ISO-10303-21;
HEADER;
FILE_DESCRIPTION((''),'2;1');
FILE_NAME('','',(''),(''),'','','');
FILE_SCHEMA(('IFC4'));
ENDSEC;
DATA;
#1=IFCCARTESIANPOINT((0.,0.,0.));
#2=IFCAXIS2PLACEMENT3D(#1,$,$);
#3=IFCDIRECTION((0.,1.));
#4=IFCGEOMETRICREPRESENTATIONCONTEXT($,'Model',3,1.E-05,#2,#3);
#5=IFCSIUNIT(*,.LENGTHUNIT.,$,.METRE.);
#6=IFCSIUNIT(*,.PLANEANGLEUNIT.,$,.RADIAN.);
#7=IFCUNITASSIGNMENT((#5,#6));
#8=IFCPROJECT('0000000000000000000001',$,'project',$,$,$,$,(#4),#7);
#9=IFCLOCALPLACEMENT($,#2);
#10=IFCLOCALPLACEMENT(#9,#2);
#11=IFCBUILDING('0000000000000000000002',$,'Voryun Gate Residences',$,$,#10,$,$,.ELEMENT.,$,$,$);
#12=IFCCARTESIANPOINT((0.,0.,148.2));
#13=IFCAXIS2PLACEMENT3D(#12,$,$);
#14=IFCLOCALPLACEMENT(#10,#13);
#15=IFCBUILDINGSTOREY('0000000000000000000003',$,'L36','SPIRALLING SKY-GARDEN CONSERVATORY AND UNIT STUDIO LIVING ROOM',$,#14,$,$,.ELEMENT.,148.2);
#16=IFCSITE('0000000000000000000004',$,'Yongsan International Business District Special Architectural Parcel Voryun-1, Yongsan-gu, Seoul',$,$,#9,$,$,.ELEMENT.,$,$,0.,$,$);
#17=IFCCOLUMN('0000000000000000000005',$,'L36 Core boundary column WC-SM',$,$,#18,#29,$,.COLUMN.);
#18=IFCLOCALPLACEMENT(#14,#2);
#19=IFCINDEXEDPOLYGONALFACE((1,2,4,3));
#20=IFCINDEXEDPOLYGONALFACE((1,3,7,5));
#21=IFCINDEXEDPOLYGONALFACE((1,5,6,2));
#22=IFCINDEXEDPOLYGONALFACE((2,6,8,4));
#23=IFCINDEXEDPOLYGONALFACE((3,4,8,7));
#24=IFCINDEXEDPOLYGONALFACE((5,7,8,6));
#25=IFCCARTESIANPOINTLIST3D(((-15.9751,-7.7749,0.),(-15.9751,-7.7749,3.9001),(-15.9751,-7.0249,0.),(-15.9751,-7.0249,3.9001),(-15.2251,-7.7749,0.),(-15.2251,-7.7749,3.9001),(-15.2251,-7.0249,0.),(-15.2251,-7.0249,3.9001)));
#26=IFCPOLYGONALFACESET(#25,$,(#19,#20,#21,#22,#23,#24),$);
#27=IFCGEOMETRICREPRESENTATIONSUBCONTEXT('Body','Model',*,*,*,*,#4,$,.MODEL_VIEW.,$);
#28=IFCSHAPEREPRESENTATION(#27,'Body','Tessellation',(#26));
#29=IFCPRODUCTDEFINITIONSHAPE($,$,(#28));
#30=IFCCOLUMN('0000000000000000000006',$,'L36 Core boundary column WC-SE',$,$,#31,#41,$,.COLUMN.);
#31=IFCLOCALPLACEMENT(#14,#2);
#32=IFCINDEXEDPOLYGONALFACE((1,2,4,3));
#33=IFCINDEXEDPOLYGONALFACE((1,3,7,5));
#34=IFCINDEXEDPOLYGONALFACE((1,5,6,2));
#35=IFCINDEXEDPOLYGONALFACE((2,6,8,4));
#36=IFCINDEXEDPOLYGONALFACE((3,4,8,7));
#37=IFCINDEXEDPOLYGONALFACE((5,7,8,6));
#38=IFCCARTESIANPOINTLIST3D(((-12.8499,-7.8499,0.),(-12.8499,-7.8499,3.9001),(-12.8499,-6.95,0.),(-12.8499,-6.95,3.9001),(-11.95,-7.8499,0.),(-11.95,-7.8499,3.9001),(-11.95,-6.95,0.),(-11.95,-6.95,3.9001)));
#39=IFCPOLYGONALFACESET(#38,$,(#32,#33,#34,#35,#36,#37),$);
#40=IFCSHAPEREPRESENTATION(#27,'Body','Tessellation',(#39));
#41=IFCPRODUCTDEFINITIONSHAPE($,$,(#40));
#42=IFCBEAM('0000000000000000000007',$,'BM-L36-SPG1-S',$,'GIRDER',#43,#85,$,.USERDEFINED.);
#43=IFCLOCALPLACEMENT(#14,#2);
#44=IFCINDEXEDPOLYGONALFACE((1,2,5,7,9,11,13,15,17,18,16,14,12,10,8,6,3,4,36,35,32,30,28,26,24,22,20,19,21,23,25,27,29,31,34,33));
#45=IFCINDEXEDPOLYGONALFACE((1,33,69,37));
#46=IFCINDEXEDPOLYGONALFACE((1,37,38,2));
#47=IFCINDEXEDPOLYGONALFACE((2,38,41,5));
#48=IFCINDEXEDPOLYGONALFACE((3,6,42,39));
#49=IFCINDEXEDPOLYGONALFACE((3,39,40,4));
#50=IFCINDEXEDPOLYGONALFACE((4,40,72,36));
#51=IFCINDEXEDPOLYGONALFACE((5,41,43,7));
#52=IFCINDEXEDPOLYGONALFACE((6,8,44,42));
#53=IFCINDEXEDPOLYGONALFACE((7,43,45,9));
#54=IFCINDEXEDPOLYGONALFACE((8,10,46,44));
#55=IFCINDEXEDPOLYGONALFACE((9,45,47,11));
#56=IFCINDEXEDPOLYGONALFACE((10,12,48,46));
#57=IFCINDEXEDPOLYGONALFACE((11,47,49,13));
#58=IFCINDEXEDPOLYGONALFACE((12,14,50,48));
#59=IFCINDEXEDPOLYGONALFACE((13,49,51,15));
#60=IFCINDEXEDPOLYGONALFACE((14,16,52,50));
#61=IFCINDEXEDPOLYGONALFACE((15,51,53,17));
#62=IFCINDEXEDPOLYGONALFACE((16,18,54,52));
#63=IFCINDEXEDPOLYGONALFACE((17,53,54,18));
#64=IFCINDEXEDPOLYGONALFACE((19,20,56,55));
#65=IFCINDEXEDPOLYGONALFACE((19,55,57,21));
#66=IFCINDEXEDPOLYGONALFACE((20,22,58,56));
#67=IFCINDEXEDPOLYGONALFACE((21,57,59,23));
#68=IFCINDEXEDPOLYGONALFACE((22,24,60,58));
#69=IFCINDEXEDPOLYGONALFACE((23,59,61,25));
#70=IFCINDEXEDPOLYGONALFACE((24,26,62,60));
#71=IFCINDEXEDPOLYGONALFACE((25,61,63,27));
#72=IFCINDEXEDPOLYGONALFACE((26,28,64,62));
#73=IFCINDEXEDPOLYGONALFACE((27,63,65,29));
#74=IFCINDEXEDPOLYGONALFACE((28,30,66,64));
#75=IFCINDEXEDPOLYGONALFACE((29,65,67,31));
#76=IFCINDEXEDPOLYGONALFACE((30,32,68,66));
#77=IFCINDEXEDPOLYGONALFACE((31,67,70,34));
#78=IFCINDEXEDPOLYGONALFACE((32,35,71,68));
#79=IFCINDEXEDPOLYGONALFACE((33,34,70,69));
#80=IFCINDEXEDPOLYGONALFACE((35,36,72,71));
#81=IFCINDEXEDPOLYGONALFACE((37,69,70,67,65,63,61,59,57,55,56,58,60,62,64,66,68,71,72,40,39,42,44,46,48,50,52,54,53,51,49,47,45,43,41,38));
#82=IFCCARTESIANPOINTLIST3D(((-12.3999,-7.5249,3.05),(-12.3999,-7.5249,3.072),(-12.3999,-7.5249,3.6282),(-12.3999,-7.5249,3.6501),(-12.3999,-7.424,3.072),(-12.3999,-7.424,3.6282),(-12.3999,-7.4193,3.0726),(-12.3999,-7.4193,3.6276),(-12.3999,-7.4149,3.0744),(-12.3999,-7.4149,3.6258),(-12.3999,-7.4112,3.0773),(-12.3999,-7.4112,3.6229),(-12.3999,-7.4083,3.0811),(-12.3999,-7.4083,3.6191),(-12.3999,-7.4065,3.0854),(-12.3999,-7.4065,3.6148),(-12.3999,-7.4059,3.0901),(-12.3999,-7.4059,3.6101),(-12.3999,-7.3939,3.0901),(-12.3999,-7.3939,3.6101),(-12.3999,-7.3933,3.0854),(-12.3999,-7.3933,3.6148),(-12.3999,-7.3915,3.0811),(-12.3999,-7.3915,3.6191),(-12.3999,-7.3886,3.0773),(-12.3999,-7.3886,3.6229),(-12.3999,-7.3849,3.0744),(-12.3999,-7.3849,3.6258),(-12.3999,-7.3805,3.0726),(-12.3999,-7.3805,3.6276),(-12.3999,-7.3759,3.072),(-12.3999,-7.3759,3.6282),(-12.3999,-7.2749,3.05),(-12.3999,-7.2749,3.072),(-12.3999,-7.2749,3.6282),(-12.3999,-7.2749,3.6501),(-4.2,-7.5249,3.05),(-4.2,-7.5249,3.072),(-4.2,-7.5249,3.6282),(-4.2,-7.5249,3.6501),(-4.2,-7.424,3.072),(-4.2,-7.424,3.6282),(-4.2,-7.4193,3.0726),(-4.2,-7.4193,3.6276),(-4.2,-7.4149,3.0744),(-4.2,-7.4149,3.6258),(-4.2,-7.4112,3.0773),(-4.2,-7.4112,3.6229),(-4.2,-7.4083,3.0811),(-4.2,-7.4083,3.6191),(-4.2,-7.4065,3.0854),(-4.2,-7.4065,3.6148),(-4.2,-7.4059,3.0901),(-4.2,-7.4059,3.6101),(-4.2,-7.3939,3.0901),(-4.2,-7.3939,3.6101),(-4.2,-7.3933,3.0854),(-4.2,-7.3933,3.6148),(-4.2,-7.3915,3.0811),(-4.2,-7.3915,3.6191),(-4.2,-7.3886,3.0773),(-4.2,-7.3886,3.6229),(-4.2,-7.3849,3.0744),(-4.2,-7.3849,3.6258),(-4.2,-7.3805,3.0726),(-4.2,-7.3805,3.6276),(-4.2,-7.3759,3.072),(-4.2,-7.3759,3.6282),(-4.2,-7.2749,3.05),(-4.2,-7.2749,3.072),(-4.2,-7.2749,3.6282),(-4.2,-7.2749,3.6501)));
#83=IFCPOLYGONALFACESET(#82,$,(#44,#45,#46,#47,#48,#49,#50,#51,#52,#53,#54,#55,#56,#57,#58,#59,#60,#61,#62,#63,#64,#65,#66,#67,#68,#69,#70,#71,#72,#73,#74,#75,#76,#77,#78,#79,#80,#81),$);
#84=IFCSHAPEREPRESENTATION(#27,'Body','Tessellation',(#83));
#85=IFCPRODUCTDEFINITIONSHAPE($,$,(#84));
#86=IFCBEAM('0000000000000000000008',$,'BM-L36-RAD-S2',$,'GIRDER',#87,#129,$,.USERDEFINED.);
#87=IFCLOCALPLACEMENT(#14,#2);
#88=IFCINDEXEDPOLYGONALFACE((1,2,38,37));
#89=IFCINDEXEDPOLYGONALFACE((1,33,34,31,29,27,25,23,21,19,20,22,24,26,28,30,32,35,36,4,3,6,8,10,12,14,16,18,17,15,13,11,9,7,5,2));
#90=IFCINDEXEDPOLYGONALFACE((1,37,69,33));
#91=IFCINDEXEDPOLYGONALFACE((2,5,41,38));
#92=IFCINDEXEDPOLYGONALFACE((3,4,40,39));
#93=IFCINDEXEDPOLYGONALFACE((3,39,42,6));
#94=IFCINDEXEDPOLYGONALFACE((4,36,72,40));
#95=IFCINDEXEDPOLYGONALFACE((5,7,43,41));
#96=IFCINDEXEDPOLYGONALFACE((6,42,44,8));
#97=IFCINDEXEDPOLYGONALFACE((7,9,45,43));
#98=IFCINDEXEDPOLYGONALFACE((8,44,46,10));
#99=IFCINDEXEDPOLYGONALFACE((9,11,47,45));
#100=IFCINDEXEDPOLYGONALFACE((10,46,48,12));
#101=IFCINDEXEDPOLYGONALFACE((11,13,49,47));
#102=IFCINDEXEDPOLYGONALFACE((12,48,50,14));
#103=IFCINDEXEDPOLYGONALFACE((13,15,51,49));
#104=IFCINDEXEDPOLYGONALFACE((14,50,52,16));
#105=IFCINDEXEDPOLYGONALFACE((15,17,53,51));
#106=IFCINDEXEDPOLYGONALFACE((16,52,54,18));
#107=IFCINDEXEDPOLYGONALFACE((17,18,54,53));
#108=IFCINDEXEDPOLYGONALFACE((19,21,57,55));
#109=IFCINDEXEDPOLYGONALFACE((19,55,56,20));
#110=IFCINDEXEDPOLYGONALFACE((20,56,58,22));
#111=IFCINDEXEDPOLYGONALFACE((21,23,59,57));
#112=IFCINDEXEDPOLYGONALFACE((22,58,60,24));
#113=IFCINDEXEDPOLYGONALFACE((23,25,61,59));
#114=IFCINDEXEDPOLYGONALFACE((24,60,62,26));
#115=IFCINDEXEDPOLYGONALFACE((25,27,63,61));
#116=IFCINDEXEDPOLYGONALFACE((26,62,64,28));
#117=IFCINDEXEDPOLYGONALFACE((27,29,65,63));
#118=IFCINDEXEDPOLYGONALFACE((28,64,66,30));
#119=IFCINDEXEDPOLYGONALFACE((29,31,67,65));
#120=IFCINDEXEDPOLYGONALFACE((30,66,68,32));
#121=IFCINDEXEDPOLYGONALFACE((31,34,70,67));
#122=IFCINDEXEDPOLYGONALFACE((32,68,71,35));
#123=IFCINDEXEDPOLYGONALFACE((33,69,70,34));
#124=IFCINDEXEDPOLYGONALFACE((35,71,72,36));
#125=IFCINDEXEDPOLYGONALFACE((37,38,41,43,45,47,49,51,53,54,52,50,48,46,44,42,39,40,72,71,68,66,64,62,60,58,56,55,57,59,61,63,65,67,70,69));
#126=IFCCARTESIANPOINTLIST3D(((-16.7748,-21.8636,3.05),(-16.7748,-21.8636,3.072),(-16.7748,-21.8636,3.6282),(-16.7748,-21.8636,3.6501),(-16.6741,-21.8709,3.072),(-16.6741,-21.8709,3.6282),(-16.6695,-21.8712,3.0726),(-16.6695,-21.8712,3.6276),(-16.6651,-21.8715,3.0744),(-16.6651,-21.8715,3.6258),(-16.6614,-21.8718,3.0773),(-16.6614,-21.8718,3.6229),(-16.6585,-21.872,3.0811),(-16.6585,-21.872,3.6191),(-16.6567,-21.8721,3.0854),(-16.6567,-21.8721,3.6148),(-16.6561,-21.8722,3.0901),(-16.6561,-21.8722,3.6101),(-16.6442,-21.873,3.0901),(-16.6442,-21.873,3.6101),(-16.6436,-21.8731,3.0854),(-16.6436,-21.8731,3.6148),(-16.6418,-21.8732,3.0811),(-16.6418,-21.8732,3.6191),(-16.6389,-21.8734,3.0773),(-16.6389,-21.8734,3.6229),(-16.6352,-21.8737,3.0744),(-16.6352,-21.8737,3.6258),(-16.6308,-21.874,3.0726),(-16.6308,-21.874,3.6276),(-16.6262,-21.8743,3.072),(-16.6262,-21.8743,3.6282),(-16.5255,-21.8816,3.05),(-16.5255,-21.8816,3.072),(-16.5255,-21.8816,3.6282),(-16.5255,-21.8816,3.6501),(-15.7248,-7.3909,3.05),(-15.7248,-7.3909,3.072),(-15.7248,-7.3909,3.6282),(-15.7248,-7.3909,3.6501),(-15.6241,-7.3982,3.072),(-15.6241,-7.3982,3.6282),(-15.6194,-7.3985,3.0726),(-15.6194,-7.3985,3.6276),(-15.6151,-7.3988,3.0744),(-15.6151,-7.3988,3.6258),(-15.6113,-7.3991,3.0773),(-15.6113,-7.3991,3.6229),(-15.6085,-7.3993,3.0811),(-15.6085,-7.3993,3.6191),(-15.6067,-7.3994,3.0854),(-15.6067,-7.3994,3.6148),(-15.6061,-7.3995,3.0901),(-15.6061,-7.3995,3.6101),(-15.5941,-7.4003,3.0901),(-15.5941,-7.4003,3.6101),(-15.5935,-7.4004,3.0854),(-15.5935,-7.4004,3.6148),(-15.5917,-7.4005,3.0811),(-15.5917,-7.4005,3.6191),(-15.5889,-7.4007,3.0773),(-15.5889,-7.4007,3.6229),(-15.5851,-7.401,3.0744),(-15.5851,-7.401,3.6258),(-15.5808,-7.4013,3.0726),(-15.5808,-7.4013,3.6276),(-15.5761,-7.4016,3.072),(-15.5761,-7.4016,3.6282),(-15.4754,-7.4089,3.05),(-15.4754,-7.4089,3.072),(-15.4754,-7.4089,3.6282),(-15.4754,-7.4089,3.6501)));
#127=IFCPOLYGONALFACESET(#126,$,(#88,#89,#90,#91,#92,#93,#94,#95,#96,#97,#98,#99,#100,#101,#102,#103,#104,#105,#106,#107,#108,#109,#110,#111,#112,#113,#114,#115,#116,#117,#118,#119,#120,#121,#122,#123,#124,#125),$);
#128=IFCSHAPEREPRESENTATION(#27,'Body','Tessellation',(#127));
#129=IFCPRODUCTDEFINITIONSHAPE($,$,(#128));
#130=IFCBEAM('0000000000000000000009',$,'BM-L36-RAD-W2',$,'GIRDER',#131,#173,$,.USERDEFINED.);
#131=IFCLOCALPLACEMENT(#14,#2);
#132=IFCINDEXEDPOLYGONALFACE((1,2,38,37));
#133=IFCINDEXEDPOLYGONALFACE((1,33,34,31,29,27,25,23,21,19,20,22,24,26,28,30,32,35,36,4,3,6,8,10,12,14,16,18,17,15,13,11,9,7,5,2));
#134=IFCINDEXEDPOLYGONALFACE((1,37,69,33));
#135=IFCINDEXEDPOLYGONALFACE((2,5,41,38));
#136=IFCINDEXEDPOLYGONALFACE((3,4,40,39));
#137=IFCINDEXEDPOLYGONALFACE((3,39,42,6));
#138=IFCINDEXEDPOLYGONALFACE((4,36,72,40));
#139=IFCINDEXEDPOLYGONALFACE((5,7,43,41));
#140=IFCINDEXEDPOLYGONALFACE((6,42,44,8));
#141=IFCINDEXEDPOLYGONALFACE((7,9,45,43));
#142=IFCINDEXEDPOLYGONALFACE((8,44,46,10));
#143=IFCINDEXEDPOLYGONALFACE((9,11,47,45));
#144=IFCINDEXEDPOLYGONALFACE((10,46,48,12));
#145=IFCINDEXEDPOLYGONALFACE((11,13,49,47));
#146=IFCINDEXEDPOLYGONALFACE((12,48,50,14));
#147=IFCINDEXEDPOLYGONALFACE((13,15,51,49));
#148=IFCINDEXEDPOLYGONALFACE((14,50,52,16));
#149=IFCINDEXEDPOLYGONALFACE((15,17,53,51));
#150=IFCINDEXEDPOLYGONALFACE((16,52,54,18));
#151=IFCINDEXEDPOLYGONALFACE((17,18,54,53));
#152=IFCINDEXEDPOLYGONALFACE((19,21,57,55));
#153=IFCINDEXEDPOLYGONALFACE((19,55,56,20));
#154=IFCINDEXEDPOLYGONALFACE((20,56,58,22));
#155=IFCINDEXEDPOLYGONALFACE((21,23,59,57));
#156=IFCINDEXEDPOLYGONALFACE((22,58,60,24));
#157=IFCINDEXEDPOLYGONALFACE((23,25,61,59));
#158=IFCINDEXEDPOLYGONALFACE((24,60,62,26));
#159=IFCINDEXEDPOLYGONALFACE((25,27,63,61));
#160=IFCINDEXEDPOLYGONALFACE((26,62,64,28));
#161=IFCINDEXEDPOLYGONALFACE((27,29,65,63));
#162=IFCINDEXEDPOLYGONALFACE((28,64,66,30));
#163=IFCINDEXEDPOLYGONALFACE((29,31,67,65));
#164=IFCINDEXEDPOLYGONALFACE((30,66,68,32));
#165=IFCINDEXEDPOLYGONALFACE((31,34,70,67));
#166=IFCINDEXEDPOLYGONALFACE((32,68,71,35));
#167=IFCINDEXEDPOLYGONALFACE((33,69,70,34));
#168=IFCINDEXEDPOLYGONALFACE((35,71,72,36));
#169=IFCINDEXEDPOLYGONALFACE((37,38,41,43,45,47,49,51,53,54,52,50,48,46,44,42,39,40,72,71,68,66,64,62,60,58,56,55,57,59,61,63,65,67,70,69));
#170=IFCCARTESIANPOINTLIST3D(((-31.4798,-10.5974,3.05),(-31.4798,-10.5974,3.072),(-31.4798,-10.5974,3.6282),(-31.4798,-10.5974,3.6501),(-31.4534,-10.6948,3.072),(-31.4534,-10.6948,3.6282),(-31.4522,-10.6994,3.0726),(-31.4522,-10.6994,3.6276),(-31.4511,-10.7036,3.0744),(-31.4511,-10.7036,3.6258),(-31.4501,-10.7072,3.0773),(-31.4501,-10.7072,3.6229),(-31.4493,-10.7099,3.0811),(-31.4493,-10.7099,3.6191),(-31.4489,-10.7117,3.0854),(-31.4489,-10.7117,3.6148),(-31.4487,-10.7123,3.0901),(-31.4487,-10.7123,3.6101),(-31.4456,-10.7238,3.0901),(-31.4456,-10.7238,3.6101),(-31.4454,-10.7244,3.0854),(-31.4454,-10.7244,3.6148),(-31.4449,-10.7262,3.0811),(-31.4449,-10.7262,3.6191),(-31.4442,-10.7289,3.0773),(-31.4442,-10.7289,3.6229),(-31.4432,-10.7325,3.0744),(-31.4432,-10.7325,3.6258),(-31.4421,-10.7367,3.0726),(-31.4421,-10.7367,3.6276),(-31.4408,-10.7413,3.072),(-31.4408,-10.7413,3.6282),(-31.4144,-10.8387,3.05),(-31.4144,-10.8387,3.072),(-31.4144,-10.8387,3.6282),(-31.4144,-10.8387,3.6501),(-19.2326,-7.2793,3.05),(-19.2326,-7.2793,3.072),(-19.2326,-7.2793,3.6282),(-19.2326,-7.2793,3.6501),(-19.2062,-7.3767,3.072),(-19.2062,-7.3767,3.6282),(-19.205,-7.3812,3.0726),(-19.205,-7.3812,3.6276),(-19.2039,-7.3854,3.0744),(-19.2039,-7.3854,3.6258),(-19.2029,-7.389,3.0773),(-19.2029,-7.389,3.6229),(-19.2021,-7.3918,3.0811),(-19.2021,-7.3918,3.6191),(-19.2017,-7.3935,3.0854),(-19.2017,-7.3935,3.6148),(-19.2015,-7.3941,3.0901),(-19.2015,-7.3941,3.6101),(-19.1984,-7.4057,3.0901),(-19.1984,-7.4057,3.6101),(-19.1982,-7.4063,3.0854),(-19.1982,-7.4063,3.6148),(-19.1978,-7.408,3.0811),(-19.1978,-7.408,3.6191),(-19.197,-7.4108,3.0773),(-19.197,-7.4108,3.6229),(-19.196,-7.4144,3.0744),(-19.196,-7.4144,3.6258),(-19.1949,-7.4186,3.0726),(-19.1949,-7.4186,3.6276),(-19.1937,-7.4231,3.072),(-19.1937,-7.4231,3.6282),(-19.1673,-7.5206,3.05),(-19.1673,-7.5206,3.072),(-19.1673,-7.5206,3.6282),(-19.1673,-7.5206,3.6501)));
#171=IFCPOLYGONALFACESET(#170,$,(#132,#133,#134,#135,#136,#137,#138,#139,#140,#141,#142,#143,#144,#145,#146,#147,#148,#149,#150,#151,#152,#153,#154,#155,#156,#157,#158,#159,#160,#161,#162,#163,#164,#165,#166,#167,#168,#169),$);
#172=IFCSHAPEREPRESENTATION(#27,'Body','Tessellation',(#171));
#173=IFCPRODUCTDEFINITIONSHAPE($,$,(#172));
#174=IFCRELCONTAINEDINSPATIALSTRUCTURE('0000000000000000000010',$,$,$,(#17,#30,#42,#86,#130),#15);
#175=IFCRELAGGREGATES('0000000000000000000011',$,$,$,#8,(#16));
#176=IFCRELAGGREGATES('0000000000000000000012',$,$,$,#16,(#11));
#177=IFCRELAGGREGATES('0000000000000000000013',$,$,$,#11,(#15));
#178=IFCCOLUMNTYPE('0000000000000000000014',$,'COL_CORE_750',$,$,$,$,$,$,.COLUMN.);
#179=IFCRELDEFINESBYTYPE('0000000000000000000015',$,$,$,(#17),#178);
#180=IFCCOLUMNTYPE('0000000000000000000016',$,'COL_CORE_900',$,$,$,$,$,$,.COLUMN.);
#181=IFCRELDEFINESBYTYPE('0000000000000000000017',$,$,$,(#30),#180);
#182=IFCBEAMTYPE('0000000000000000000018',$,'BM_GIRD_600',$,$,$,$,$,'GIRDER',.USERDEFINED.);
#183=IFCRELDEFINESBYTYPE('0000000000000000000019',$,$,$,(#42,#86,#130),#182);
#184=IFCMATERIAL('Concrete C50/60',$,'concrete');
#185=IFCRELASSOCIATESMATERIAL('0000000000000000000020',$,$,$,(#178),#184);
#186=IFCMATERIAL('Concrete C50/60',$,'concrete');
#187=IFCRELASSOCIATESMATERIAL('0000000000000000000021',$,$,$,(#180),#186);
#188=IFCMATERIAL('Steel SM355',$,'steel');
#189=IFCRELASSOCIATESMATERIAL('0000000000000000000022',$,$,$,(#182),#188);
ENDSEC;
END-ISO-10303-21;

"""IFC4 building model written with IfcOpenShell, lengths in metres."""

from ifc_helpers import new_model, si_unit, direction, frame, origin, origin_2d, place, context, subcontext, project, spatial, rectangle, i_section, extrude, material, material_profile, profile_set, type_object, element, save


model = new_model("IFC4")

# Units and contexts
model_context = context("Model", 3, precision=1e-05, world=origin(), true_north=direction((0.0, 1.0)))
body_context = subcontext(model_context, "Body", "Model", "MODEL_VIEW")
ifc_project = project(units=[si_unit("LENGTHUNIT", "METRE"), si_unit("PLANEANGLEUNIT", "RADIAN")], contexts=[model_context])

# Site, building, storey
site_placement = place(None, origin())
site = spatial("IfcSite", under=ifc_project, at=site_placement, Name="Yongsan International Business District Special Architectural Parcel Voryun-1, Yongsan-gu, Seoul", CompositionType="ELEMENT", RefElevation=0.0)
building_placement = place(site_placement, origin())
building = spatial("IfcBuilding", under=site, at=building_placement, Name="Voryun Gate Residences", CompositionType="ELEMENT")
storey_placement = place(building_placement, frame((0.0, 0.0, 148.2)))
storey = spatial("IfcBuildingStorey", under=building, at=storey_placement, Name="L36", Description="SPIRALLING SKY-GARDEN CONSERVATORY AND UNIT STUDIO LIVING ROOM", CompositionType="ELEMENT", Elevation=148.2)

# Columns
ifc_material_1 = material(Name="Concrete C50/60", Category="concrete")
ifc_material_profile_1 = material_profile(ifc_material_1, rectangle(XDim=0.75, YDim=0.75, at=origin_2d()), Name="RC-750x750")
ifc_profile_set_1 = profile_set([ifc_material_profile_1], Name="Concrete C50/60")
column_type_1 = type_object("IfcColumnType", Name="COL_CORE_750", PredefinedType="COLUMN", material=ifc_profile_set_1)
column_1_placement = place(storey_placement, frame((-15.6001, -7.3999, 0.0), z_axis=(0.0, 0.0, 1.0), x_axis=(1.0, 0.0, 0.0)))
element("IfcColumn", 1, at=column_1_placement, inside=storey, type_object=column_type_1, Name="L36 Core boundary column WC-SM", PredefinedType="COLUMN", context=body_context, shape_type="SweptSolid", body=[
    extrude(rectangle(XDim=0.75, YDim=0.75, at=origin_2d()), origin(), (0.0, 0.0, 1.0), 3.9001),
])
ifc_material_2 = material(Name="Concrete C50/60", Category="concrete")
ifc_material_profile_2 = material_profile(ifc_material_2, rectangle(XDim=0.8999, YDim=0.8999, at=origin_2d()), Name="RC-900x900")
ifc_profile_set_2 = profile_set([ifc_material_profile_2], Name="Concrete C50/60")
column_type_2 = type_object("IfcColumnType", Name="COL_CORE_900", PredefinedType="COLUMN", material=ifc_profile_set_2)
column_2_placement = place(storey_placement, frame((-12.3999, -7.3999, 0.0), z_axis=(0.0, 0.0, 1.0), x_axis=(1.0, 0.0, 0.0)))
element("IfcColumn", 2, at=column_2_placement, inside=storey, type_object=column_type_2, Name="L36 Core boundary column WC-SE", PredefinedType="COLUMN", context=body_context, shape_type="SweptSolid", body=[
    extrude(rectangle(XDim=0.8999, YDim=0.8999, at=origin_2d()), origin(), (0.0, 0.0, 1.0), 3.9001),
])

# Beams
ifc_material_3 = material(Name="Steel SM355", Category="steel")
ifc_material_profile_3 = material_profile(ifc_material_3, i_section(OverallWidth=0.25, OverallDepth=0.6001, WebThickness=0.012, FlangeThickness=0.022, FilletRadius=0.0181, at=origin_2d()), Name="H-600x250x12x22")
ifc_profile_set_3 = profile_set([ifc_material_profile_3], Name="Steel SM355")
beam_type_1 = type_object("IfcBeamType", Name="BM_GIRD_600", ElementType="GIRDER", PredefinedType="USERDEFINED", material=ifc_profile_set_3)
beam_1_placement = place(storey_placement, frame((-12.3999, -7.3999, 3.3501), z_axis=(1.0, 0.0, 0.0), x_axis=(0.0, 1.0, 0.0)))
element("IfcBeam", 3, at=beam_1_placement, inside=storey, type_object=beam_type_1, Name="BM-L36-SPG1-S", ObjectType="GIRDER", PredefinedType="USERDEFINED", context=body_context, shape_type="SweptSolid", body=[
    extrude(i_section(OverallWidth=0.25, OverallDepth=0.6001, WebThickness=0.012, FlangeThickness=0.022, FilletRadius=0.0181, at=origin_2d()), origin(), (0.0, 0.0, 1.0), 8.2),
])
beam_2_placement = place(storey_placement, frame((-15.6001, -7.3999, 3.3501), z_axis=(-0.072364, -0.997378, 0.0), x_axis=(0.997378, -0.072364, 0.0)))
element("IfcBeam", 4, at=beam_2_placement, inside=storey, type_object=beam_type_1, Name="BM-L36-RAD-S2", ObjectType="GIRDER", PredefinedType="USERDEFINED", context=body_context, shape_type="SweptSolid", body=[
    extrude(i_section(OverallWidth=0.25, OverallDepth=0.6001, WebThickness=0.012, FlangeThickness=0.022, FilletRadius=0.0181, at=origin_2d()), origin(), (0.0, 0.0, 1.0), 14.5107),
])
beam_3_placement = place(storey_placement, frame((-19.2, -7.3999, 3.3501), z_axis=(-0.965202, -0.261504, 0.0), x_axis=(0.261504, -0.965202, 0.0)))
element("IfcBeam", 5, at=beam_3_placement, inside=storey, type_object=beam_type_1, Name="BM-L36-RAD-W2", ObjectType="GIRDER", PredefinedType="USERDEFINED", context=body_context, shape_type="SweptSolid", body=[
    extrude(i_section(OverallWidth=0.25, OverallDepth=0.6001, WebThickness=0.012, FlangeThickness=0.022, FilletRadius=0.0181, at=origin_2d()), origin(), (0.0, 0.0, 1.0), 12.6887),
])

save(model, "model.ifc")
